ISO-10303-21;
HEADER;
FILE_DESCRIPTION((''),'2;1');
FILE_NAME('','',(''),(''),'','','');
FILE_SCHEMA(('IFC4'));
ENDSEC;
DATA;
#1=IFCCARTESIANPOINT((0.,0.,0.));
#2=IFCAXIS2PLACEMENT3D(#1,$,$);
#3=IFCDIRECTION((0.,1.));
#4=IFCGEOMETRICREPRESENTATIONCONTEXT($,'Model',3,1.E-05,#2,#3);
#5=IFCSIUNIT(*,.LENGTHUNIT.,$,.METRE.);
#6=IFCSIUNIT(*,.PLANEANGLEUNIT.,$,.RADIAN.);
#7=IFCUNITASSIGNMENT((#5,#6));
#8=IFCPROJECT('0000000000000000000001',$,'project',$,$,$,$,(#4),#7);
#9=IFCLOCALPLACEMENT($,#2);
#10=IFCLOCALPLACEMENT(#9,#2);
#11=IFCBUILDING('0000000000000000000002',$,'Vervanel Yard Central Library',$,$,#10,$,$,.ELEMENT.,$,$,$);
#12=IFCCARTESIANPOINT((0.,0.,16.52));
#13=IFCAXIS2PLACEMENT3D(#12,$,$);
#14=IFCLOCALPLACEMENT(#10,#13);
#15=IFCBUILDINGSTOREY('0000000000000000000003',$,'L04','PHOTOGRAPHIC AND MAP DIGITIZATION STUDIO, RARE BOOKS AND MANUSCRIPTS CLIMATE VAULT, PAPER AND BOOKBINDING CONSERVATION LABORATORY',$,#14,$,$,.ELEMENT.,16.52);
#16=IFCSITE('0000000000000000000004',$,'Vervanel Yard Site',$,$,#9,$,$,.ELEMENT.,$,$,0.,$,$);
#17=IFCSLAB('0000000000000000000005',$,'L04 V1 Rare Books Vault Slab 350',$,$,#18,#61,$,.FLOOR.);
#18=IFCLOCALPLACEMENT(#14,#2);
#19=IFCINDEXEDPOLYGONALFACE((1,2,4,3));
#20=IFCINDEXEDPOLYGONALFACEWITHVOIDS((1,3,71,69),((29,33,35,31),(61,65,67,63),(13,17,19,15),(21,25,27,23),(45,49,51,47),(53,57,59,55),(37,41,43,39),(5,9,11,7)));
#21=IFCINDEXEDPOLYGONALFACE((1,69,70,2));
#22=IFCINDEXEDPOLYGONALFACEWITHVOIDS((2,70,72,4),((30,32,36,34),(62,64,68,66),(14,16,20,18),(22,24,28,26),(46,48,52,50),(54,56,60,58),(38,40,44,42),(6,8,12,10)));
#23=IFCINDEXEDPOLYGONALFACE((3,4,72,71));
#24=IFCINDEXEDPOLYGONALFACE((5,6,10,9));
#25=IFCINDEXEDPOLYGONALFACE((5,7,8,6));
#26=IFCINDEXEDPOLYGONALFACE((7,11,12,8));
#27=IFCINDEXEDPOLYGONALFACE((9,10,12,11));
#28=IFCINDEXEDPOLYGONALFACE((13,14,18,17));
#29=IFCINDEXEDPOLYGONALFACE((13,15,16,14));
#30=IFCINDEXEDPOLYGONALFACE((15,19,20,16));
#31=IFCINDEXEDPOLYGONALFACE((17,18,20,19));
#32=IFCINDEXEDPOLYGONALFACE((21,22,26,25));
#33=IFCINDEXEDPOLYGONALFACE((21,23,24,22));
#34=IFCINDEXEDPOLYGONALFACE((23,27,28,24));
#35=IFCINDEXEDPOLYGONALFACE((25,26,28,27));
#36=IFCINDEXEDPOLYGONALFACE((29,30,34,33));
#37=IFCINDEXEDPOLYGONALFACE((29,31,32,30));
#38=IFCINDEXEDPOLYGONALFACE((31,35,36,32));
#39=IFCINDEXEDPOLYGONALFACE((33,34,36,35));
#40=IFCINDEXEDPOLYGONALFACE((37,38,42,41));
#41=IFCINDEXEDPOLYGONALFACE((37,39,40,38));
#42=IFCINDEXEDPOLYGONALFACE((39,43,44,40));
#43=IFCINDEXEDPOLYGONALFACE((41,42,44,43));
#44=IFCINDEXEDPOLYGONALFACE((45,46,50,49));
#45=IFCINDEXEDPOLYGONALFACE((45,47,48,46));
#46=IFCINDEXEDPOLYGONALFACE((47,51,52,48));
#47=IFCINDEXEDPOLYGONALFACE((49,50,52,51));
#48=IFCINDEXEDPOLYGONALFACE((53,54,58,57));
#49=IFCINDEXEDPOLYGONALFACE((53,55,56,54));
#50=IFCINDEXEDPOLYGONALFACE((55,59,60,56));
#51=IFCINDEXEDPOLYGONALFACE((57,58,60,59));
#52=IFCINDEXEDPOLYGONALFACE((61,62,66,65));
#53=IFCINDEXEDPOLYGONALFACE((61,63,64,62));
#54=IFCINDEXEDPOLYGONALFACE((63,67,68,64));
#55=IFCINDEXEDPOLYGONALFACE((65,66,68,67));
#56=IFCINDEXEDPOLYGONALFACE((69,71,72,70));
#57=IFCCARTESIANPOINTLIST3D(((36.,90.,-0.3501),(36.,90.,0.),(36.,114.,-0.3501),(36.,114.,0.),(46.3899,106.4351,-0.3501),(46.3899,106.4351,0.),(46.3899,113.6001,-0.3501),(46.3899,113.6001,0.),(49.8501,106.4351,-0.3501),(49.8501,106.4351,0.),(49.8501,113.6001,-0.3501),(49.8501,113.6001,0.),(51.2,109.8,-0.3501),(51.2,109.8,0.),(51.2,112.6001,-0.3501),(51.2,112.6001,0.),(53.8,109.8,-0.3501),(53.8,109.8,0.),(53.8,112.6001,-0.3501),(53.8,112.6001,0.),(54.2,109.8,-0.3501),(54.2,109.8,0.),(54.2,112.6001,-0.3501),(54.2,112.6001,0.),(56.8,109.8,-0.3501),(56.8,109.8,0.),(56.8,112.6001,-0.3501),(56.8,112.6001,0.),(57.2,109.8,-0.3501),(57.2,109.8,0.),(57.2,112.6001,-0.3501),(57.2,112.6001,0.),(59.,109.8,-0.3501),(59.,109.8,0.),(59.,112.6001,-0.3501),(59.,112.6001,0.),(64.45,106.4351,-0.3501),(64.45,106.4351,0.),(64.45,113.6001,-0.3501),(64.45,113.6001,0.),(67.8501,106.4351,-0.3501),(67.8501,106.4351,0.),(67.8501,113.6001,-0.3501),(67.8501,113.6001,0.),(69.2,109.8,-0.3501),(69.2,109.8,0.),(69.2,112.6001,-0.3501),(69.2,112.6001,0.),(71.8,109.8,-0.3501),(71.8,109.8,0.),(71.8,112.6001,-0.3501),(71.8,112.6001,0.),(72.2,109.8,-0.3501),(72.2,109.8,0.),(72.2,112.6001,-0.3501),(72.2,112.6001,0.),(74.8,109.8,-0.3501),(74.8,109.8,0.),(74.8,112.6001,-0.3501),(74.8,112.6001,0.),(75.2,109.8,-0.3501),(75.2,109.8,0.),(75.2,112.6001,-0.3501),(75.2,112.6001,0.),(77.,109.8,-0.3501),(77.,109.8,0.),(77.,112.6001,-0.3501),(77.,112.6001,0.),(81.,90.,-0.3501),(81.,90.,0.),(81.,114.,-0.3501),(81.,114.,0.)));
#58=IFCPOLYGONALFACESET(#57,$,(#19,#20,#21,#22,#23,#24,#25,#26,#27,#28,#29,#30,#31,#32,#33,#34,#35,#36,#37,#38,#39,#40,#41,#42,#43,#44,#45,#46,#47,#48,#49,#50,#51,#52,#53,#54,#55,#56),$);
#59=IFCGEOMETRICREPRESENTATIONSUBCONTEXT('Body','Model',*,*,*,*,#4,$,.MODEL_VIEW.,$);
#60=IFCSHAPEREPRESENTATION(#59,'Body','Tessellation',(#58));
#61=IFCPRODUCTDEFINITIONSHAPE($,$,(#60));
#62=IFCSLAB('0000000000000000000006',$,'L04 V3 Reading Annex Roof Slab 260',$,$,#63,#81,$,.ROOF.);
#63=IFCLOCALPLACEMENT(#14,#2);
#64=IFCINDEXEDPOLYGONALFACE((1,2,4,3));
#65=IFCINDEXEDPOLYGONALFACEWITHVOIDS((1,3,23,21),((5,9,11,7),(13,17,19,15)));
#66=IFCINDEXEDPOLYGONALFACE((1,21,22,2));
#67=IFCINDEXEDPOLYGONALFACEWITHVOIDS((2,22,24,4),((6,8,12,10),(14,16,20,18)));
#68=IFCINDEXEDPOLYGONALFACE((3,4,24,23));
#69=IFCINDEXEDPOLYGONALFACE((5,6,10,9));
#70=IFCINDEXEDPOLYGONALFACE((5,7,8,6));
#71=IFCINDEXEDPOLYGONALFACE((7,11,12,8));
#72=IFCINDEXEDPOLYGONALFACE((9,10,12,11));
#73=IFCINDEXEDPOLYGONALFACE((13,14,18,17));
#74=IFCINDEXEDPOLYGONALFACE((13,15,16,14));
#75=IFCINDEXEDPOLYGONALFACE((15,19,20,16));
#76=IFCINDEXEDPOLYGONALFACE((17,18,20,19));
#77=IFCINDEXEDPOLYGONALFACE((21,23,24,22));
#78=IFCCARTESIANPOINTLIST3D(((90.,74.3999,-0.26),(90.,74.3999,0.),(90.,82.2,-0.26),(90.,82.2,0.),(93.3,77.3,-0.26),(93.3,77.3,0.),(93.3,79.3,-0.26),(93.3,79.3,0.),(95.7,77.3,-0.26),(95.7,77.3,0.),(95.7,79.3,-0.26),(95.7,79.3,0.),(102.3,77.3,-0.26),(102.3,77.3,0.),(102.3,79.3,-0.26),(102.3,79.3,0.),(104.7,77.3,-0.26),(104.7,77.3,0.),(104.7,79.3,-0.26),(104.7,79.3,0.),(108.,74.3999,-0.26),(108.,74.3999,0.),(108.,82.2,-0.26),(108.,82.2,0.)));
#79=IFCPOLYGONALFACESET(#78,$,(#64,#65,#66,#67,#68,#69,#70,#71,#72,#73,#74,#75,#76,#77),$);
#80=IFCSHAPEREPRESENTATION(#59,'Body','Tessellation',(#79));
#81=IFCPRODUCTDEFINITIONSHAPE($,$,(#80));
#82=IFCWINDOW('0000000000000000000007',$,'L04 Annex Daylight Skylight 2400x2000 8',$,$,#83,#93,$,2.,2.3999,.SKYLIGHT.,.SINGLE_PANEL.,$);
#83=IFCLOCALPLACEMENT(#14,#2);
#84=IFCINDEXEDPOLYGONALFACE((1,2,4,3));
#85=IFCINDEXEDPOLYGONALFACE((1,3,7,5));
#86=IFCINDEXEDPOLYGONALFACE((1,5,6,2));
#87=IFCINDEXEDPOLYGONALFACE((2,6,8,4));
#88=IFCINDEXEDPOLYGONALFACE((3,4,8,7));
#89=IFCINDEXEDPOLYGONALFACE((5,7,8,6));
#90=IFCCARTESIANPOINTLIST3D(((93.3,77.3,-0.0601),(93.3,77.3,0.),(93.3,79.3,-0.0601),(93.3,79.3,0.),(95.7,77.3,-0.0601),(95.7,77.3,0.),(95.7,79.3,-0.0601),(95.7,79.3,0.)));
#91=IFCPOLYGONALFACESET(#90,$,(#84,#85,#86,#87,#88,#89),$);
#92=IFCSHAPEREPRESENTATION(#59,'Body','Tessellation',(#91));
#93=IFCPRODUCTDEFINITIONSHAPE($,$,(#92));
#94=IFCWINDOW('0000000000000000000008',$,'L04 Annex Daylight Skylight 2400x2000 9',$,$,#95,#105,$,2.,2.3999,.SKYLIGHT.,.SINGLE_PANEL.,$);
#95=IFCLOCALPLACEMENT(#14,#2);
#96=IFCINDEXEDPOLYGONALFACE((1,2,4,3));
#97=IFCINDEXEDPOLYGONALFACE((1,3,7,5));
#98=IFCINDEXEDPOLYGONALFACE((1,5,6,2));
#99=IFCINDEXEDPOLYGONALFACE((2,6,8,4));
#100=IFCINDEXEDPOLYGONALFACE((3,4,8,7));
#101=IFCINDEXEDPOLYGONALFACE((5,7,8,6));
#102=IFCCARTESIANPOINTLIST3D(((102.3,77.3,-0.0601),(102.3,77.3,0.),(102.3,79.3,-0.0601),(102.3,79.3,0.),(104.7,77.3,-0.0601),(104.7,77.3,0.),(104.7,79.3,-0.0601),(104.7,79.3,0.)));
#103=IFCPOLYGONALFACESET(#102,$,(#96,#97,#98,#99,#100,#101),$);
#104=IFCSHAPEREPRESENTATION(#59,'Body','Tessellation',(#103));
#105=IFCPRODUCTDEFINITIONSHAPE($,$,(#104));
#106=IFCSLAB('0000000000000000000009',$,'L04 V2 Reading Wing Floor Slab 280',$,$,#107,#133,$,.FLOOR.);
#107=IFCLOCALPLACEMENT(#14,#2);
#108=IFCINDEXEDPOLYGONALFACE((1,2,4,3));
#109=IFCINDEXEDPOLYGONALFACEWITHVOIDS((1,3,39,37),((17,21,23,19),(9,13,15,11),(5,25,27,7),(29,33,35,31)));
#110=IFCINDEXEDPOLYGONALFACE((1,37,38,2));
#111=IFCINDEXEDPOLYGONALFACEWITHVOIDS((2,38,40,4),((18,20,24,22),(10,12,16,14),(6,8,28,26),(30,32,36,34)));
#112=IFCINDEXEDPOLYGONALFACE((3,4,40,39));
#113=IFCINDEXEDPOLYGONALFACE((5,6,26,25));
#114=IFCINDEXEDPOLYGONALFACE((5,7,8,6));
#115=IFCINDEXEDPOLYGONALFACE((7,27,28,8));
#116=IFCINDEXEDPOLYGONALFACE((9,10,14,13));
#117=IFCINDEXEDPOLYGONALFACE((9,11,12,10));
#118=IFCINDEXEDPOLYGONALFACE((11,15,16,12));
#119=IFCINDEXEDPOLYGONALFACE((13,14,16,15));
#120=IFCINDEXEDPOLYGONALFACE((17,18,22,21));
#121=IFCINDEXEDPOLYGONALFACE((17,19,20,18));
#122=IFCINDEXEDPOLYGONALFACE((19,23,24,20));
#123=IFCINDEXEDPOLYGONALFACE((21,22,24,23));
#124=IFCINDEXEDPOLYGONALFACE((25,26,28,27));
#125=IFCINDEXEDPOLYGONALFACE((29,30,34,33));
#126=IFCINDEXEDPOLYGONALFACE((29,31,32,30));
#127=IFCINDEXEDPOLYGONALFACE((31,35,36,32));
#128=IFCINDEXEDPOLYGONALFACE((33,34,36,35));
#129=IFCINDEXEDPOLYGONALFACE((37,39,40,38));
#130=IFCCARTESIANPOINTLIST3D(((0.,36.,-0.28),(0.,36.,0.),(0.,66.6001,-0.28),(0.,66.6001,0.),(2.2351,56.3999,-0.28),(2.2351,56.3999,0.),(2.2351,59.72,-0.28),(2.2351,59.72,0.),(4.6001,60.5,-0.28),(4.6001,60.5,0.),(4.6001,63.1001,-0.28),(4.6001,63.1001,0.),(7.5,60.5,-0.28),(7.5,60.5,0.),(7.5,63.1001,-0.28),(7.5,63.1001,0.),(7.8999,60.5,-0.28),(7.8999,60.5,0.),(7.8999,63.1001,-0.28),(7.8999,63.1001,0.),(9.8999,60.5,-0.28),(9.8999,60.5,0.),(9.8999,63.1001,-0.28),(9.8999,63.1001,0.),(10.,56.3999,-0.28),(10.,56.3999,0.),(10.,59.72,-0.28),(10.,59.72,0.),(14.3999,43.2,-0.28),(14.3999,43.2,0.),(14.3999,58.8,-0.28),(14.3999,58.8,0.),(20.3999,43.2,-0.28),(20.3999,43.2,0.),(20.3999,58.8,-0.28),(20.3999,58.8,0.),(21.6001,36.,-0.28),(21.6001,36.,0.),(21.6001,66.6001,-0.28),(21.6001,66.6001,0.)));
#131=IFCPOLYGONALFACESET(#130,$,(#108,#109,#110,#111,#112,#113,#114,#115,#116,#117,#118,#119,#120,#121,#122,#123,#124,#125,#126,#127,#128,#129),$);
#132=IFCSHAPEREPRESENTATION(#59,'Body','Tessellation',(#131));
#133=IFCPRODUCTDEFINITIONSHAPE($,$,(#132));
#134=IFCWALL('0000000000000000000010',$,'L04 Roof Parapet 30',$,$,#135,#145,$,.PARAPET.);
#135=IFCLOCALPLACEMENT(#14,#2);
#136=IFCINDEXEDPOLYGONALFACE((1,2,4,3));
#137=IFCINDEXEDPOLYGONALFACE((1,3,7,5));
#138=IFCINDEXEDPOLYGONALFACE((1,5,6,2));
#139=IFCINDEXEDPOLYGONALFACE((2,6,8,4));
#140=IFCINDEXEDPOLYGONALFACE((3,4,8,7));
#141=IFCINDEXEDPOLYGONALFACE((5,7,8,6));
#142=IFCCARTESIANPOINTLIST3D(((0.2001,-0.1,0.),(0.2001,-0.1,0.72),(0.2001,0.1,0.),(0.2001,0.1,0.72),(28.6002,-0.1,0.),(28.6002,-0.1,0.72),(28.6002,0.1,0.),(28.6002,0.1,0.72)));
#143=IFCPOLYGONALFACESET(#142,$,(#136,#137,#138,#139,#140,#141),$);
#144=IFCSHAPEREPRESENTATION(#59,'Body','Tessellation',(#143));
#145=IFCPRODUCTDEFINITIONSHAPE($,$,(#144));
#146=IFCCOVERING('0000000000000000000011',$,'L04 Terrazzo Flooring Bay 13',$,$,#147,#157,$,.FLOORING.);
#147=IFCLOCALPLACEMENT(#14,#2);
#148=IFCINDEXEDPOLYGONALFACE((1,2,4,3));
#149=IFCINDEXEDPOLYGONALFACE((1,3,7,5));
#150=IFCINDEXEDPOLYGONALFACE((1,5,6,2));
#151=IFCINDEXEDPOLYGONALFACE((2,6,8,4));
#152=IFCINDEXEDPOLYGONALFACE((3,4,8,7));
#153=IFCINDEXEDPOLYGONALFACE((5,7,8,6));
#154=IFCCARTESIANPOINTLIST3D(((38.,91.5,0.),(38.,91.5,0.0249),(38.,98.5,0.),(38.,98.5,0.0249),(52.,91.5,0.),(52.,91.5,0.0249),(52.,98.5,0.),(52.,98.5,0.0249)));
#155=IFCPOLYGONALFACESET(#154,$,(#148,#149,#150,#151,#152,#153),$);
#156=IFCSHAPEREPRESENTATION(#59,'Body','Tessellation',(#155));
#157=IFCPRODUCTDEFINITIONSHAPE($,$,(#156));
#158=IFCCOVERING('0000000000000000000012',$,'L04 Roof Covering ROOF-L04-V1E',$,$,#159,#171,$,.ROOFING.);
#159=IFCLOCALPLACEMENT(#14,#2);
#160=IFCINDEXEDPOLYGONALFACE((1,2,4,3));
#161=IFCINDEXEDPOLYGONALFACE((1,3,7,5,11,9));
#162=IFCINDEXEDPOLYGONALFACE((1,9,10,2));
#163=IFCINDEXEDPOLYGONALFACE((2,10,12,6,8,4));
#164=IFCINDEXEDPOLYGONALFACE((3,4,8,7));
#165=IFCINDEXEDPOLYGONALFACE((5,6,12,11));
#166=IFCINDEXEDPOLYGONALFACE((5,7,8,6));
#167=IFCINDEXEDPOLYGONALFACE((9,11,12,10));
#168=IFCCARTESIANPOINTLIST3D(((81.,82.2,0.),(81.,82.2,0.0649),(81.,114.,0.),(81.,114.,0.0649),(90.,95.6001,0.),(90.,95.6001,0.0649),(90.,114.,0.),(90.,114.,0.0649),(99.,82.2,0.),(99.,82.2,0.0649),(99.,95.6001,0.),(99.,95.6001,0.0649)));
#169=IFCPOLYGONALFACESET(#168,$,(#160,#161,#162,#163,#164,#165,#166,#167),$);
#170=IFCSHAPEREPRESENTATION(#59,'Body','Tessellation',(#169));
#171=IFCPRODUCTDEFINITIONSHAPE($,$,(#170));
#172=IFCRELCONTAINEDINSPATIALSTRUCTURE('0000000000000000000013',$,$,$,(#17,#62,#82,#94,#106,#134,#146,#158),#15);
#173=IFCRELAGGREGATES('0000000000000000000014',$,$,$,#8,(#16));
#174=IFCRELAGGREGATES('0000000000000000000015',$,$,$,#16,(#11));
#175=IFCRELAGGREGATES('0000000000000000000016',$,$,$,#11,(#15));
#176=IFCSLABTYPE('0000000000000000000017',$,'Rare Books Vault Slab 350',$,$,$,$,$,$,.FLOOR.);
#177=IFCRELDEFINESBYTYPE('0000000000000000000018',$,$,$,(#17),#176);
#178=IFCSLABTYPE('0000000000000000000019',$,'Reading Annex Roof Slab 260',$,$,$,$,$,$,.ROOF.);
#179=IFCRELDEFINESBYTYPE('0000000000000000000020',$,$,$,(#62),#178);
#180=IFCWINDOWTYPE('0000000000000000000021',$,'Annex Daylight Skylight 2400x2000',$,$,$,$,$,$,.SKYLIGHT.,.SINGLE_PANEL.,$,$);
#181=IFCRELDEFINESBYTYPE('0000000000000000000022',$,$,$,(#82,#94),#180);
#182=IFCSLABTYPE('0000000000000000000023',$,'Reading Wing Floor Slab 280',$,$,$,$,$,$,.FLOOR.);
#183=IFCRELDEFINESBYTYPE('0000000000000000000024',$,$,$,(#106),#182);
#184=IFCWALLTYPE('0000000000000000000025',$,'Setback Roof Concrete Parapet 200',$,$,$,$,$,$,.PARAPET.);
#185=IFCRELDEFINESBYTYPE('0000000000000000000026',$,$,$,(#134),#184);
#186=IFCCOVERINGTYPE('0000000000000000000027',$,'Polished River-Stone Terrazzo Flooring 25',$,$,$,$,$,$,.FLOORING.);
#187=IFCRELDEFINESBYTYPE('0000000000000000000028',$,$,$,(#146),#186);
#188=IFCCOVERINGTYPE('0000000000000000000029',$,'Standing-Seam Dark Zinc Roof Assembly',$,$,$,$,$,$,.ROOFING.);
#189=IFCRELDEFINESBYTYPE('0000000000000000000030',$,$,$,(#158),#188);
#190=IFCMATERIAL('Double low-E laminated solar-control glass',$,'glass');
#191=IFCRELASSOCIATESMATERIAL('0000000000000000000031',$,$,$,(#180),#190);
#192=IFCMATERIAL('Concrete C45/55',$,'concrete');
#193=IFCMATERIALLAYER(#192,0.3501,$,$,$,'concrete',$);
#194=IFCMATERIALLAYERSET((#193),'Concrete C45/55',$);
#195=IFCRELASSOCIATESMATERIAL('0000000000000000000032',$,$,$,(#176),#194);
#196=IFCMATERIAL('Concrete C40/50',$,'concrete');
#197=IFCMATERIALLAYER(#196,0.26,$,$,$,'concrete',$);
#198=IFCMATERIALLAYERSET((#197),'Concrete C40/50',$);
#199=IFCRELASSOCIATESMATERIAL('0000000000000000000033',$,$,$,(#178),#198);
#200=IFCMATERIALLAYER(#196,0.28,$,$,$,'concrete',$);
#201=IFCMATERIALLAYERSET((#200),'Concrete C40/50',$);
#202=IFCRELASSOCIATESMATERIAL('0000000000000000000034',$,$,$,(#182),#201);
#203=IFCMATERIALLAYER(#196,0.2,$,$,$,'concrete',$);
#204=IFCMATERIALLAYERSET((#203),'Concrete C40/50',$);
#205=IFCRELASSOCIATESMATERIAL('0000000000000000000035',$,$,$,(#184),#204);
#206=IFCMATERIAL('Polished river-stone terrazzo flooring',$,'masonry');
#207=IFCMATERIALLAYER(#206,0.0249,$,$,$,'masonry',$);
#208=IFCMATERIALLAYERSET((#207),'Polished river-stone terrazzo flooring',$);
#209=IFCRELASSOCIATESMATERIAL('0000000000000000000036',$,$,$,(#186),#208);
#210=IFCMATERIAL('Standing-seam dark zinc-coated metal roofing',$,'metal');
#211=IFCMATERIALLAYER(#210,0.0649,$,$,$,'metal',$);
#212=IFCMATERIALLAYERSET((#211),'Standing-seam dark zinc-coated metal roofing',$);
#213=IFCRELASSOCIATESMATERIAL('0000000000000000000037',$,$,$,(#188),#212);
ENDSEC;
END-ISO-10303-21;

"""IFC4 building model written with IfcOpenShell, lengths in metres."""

from ifc_helpers import new_model, si_unit, direction, frame, frame_2d, origin, origin_2d, place, context, subcontext, project, spatial, polyline, rectangle, outline, extrude, material, layer, layer_set, type_object, element, fill, save


model = new_model("IFC4")

# Units and contexts
model_context = context("Model", 3, precision=1e-05, world=origin(), true_north=direction((0.0, 1.0)))
body_context = subcontext(model_context, "Body", "Model", "MODEL_VIEW")
ifc_project = project(units=[si_unit("LENGTHUNIT", "METRE"), si_unit("PLANEANGLEUNIT", "RADIAN")], contexts=[model_context])

# Site, building, storey
site_placement = place(None, origin())
site = spatial("IfcSite", under=ifc_project, at=site_placement, Name="Vervanel Yard Site", CompositionType="ELEMENT", RefElevation=0.0)
building_placement = place(site_placement, origin())
building = spatial("IfcBuilding", under=site, at=building_placement, Name="Vervanel Yard Central Library", CompositionType="ELEMENT")
storey_placement = place(building_placement, frame((0.0, 0.0, 16.52)))
storey = spatial("IfcBuildingStorey", under=building, at=storey_placement, Name="L04", Description="PHOTOGRAPHIC AND MAP DIGITIZATION STUDIO, RARE BOOKS AND MANUSCRIPTS CLIMATE VAULT, PAPER AND BOOKBINDING CONSERVATION LABORATORY", CompositionType="ELEMENT", Elevation=16.52)

# Shared definitions
ifc_material_1 = material(Name="Concrete C40/50", Category="concrete")

# Shared definitions
ifc_material_2 = material(Name="Double low-E laminated solar-control glass", Category="glass")
window_type = type_object("IfcWindowType", Name="Annex Daylight Skylight 2400x2000", PartitioningType="SINGLE_PANEL", PredefinedType="SKYLIGHT", material=ifc_material_2)

# Slab
ifc_material_3 = material(Name="Concrete C45/55", Category="concrete")
ifc_layer_1 = layer(ifc_material_3, 0.3501, Category="concrete")
ifc_layer_set_1 = layer_set([ifc_layer_1], Name="Concrete C45/55")
slab_type_1 = type_object("IfcSlabType", Name="Rare Books Vault Slab 350", PredefinedType="FLOOR", material=ifc_layer_set_1)
slab_1_placement = place(storey_placement, frame((0.0, 0.0, -0.3501)))
element("IfcSlab", 1, at=slab_1_placement, inside=storey, type_object=slab_type_1, Name="L04 V1 Rare Books Vault Slab 350", PredefinedType="FLOOR", context=body_context, shape_type="SweptSolid", body=[
    extrude(outline(polyline([(36.0, 90.0), (81.0, 90.0), (81.0, 114.0), (36.0, 114.0), (36.0, 90.0)]), holes=[polyline([(46.3899, 106.4351), (49.8501, 106.4351), (49.8501, 113.6001), (46.3899, 113.6001), (46.3899, 106.4351)]), polyline([(51.2, 109.8), (53.8, 109.8), (53.8, 112.6001), (51.2, 112.6001), (51.2, 109.8)]), polyline([(54.2, 109.8), (56.8, 109.8), (56.8, 112.6001), (54.2, 112.6001), (54.2, 109.8)]), polyline([(57.2, 109.8), (59.0, 109.8), (59.0, 112.6001), (57.2, 112.6001), (57.2, 109.8)]), polyline([(64.45, 106.4351), (67.8501, 106.4351), (67.8501, 113.6001), (64.45, 113.6001), (64.45, 106.4351)]), polyline([(69.2, 109.8), (71.8, 109.8), (71.8, 112.6001), (69.2, 112.6001), (69.2, 109.8)]), polyline([(72.2, 109.8), (74.8, 109.8), (74.8, 112.6001), (72.2, 112.6001), (72.2, 109.8)]), polyline([(75.2, 109.8), (77.0, 109.8), (77.0, 112.6001), (75.2, 112.6001), (75.2, 109.8)])]), origin(), (0.0, 0.0, 1.0), 0.3501),
])

# Slab, openings, windows
ifc_layer_2 = layer(ifc_material_1, 0.26, Category="concrete")
ifc_layer_set_2 = layer_set([ifc_layer_2], Name="Concrete C40/50")
slab_type_2 = type_object("IfcSlabType", Name="Reading Annex Roof Slab 260", PredefinedType="ROOF", material=ifc_layer_set_2)
slab_2_placement = place(storey_placement, frame((0.0, 0.0, -0.26)))
slab_2 = element("IfcSlab", 2, at=slab_2_placement, inside=storey, type_object=slab_type_2, Name="L04 V3 Reading Annex Roof Slab 260", PredefinedType="ROOF", context=body_context, shape_type="SweptSolid", body=[
    extrude(outline(polyline([(90.0, 74.3999), (108.0, 74.3999), (108.0, 82.2), (90.0, 82.2), (90.0, 74.3999)])), origin(), (0.0, 0.0, 1.0), 0.26),
])
opening_1_placement = place(slab_2_placement, frame((94.5, 78.3, 0.0)))
opening_1 = element("IfcOpeningElement", 3, at=opening_1_placement, cuts=slab_2, PredefinedType="OPENING", context=body_context, shape_type="SweptSolid", body=[
    extrude(rectangle(XDim=2.3999, YDim=2.0, at=origin_2d()), frame((0.0, 0.0, -0.01)), (0.0, 0.0, 1.0), 0.28),
])
opening_2_placement = place(slab_2_placement, frame((103.5, 78.3, 0.0)))
opening_2 = element("IfcOpeningElement", 4, at=opening_2_placement, cuts=slab_2, PredefinedType="OPENING", context=body_context, shape_type="SweptSolid", body=[
    extrude(rectangle(XDim=2.3999, YDim=2.0, at=origin_2d()), frame((0.0, 0.0, -0.01)), (0.0, 0.0, 1.0), 0.28),
])
window_1_placement = place(opening_1_placement, frame((0.0, 0.0, 0.2)))
window_1 = element("IfcWindow", 5, at=window_1_placement, inside=storey, type_object=window_type, Name="L04 Annex Daylight Skylight 2400x2000 8", OverallHeight=2.0, OverallWidth=2.3999, PartitioningType="SINGLE_PANEL", PredefinedType="SKYLIGHT", context=body_context, shape_type="SweptSolid", body=[
    extrude(rectangle(XDim=2.3999, YDim=2.0, at=origin_2d()), origin(), (0.0, 0.0, 1.0), 0.0601),
])
fill(opening_1, window_1)
window_2_placement = place(opening_2_placement, frame((0.0, 0.0, 0.2)))
window_2 = element("IfcWindow", 6, at=window_2_placement, inside=storey, type_object=window_type, Name="L04 Annex Daylight Skylight 2400x2000 9", OverallHeight=2.0, OverallWidth=2.3999, PartitioningType="SINGLE_PANEL", PredefinedType="SKYLIGHT", context=body_context, shape_type="SweptSolid", body=[
    extrude(rectangle(XDim=2.3999, YDim=2.0, at=origin_2d()), origin(), (0.0, 0.0, 1.0), 0.0601),
])
fill(opening_2, window_2)

# Slab
ifc_layer_3 = layer(ifc_material_1, 0.28, Category="concrete")
ifc_layer_set_3 = layer_set([ifc_layer_3], Name="Concrete C40/50")
slab_type_3 = type_object("IfcSlabType", Name="Reading Wing Floor Slab 280", PredefinedType="FLOOR", material=ifc_layer_set_3)
slab_3_placement = place(storey_placement, frame((0.0, 0.0, -0.28)))
element("IfcSlab", 7, at=slab_3_placement, inside=storey, type_object=slab_type_3, Name="L04 V2 Reading Wing Floor Slab 280", PredefinedType="FLOOR", context=body_context, shape_type="SweptSolid", body=[
    extrude(outline(polyline([(0.0, 36.0), (21.6001, 36.0), (21.6001, 66.6001), (0.0, 66.6001), (0.0, 36.0)]), holes=[polyline([(14.3999, 43.2), (20.3999, 43.2), (20.3999, 58.8), (14.3999, 58.8), (14.3999, 43.2)]), polyline([(2.2351, 56.3999), (10.0, 56.3999), (10.0, 59.72), (2.2351, 59.72), (2.2351, 56.3999)]), polyline([(4.6001, 60.5), (7.5, 60.5), (7.5, 63.1001), (4.6001, 63.1001), (4.6001, 60.5)]), polyline([(7.8999, 60.5), (9.8999, 60.5), (9.8999, 63.1001), (7.8999, 63.1001), (7.8999, 60.5)])]), origin(), (0.0, 0.0, 1.0), 0.28),
])

# Wall
ifc_layer_4 = layer(ifc_material_1, 0.2, Category="concrete")
ifc_layer_set_4 = layer_set([ifc_layer_4], Name="Concrete C40/50")
wall_type = type_object("IfcWallType", Name="Setback Roof Concrete Parapet 200", PredefinedType="PARAPET", material=ifc_layer_set_4)
wall_placement = place(storey_placement, frame((0.2, 0.0, 0.0), z_axis=(0.0, 0.0, 1.0), x_axis=(1.0, 0.0, 0.0)))
element("IfcWall", 8, at=wall_placement, inside=storey, type_object=wall_type, Name="L04 Roof Parapet 30", PredefinedType="PARAPET", context=body_context, shape_type="SweptSolid", body=[
    extrude(rectangle(XDim=28.4001, YDim=0.2, at=frame_2d((14.2002, 0.0))), origin(), (0.0, 0.0, 1.0), 0.72),
])

# Coverings
ifc_material_4 = material(Name="Polished river-stone terrazzo flooring", Category="masonry")
ifc_layer_5 = layer(ifc_material_4, 0.0249, Category="masonry")
ifc_layer_set_5 = layer_set([ifc_layer_5], Name="Polished river-stone terrazzo flooring")
covering_type_1 = type_object("IfcCoveringType", Name="Polished River-Stone Terrazzo Flooring 25", PredefinedType="FLOORING", material=ifc_layer_set_5)
covering_1_placement = place(storey_placement, origin())
element("IfcCovering", 9, at=covering_1_placement, inside=storey, type_object=covering_type_1, Name="L04 Terrazzo Flooring Bay 13", PredefinedType="FLOORING", context=body_context, shape_type="SweptSolid", body=[
    extrude(outline(polyline([(38.0, 91.5), (52.0, 91.5), (52.0, 98.5), (38.0, 98.5), (38.0, 91.5)])), origin(), (0.0, 0.0, 1.0), 0.0249),
])
ifc_material_5 = material(Name="Standing-seam dark zinc-coated metal roofing", Category="metal")
ifc_layer_6 = layer(ifc_material_5, 0.0649, Category="metal")
ifc_layer_set_6 = layer_set([ifc_layer_6], Name="Standing-seam dark zinc-coated metal roofing")
covering_type_2 = type_object("IfcCoveringType", Name="Standing-Seam Dark Zinc Roof Assembly", PredefinedType="ROOFING", material=ifc_layer_set_6)
covering_2_placement = place(storey_placement, origin())
element("IfcCovering", 10, at=covering_2_placement, inside=storey, type_object=covering_type_2, Name="L04 Roof Covering ROOF-L04-V1E", PredefinedType="ROOFING", context=body_context, shape_type="SweptSolid", body=[
    extrude(outline(polyline([(81.0, 82.2), (99.0, 82.2), (99.0, 95.6001), (90.0, 95.6001), (90.0, 114.0), (81.0, 114.0), (81.0, 82.2)])), origin(), (0.0, 0.0, 1.0), 0.0649),
])

save(model, "model.ifc")
